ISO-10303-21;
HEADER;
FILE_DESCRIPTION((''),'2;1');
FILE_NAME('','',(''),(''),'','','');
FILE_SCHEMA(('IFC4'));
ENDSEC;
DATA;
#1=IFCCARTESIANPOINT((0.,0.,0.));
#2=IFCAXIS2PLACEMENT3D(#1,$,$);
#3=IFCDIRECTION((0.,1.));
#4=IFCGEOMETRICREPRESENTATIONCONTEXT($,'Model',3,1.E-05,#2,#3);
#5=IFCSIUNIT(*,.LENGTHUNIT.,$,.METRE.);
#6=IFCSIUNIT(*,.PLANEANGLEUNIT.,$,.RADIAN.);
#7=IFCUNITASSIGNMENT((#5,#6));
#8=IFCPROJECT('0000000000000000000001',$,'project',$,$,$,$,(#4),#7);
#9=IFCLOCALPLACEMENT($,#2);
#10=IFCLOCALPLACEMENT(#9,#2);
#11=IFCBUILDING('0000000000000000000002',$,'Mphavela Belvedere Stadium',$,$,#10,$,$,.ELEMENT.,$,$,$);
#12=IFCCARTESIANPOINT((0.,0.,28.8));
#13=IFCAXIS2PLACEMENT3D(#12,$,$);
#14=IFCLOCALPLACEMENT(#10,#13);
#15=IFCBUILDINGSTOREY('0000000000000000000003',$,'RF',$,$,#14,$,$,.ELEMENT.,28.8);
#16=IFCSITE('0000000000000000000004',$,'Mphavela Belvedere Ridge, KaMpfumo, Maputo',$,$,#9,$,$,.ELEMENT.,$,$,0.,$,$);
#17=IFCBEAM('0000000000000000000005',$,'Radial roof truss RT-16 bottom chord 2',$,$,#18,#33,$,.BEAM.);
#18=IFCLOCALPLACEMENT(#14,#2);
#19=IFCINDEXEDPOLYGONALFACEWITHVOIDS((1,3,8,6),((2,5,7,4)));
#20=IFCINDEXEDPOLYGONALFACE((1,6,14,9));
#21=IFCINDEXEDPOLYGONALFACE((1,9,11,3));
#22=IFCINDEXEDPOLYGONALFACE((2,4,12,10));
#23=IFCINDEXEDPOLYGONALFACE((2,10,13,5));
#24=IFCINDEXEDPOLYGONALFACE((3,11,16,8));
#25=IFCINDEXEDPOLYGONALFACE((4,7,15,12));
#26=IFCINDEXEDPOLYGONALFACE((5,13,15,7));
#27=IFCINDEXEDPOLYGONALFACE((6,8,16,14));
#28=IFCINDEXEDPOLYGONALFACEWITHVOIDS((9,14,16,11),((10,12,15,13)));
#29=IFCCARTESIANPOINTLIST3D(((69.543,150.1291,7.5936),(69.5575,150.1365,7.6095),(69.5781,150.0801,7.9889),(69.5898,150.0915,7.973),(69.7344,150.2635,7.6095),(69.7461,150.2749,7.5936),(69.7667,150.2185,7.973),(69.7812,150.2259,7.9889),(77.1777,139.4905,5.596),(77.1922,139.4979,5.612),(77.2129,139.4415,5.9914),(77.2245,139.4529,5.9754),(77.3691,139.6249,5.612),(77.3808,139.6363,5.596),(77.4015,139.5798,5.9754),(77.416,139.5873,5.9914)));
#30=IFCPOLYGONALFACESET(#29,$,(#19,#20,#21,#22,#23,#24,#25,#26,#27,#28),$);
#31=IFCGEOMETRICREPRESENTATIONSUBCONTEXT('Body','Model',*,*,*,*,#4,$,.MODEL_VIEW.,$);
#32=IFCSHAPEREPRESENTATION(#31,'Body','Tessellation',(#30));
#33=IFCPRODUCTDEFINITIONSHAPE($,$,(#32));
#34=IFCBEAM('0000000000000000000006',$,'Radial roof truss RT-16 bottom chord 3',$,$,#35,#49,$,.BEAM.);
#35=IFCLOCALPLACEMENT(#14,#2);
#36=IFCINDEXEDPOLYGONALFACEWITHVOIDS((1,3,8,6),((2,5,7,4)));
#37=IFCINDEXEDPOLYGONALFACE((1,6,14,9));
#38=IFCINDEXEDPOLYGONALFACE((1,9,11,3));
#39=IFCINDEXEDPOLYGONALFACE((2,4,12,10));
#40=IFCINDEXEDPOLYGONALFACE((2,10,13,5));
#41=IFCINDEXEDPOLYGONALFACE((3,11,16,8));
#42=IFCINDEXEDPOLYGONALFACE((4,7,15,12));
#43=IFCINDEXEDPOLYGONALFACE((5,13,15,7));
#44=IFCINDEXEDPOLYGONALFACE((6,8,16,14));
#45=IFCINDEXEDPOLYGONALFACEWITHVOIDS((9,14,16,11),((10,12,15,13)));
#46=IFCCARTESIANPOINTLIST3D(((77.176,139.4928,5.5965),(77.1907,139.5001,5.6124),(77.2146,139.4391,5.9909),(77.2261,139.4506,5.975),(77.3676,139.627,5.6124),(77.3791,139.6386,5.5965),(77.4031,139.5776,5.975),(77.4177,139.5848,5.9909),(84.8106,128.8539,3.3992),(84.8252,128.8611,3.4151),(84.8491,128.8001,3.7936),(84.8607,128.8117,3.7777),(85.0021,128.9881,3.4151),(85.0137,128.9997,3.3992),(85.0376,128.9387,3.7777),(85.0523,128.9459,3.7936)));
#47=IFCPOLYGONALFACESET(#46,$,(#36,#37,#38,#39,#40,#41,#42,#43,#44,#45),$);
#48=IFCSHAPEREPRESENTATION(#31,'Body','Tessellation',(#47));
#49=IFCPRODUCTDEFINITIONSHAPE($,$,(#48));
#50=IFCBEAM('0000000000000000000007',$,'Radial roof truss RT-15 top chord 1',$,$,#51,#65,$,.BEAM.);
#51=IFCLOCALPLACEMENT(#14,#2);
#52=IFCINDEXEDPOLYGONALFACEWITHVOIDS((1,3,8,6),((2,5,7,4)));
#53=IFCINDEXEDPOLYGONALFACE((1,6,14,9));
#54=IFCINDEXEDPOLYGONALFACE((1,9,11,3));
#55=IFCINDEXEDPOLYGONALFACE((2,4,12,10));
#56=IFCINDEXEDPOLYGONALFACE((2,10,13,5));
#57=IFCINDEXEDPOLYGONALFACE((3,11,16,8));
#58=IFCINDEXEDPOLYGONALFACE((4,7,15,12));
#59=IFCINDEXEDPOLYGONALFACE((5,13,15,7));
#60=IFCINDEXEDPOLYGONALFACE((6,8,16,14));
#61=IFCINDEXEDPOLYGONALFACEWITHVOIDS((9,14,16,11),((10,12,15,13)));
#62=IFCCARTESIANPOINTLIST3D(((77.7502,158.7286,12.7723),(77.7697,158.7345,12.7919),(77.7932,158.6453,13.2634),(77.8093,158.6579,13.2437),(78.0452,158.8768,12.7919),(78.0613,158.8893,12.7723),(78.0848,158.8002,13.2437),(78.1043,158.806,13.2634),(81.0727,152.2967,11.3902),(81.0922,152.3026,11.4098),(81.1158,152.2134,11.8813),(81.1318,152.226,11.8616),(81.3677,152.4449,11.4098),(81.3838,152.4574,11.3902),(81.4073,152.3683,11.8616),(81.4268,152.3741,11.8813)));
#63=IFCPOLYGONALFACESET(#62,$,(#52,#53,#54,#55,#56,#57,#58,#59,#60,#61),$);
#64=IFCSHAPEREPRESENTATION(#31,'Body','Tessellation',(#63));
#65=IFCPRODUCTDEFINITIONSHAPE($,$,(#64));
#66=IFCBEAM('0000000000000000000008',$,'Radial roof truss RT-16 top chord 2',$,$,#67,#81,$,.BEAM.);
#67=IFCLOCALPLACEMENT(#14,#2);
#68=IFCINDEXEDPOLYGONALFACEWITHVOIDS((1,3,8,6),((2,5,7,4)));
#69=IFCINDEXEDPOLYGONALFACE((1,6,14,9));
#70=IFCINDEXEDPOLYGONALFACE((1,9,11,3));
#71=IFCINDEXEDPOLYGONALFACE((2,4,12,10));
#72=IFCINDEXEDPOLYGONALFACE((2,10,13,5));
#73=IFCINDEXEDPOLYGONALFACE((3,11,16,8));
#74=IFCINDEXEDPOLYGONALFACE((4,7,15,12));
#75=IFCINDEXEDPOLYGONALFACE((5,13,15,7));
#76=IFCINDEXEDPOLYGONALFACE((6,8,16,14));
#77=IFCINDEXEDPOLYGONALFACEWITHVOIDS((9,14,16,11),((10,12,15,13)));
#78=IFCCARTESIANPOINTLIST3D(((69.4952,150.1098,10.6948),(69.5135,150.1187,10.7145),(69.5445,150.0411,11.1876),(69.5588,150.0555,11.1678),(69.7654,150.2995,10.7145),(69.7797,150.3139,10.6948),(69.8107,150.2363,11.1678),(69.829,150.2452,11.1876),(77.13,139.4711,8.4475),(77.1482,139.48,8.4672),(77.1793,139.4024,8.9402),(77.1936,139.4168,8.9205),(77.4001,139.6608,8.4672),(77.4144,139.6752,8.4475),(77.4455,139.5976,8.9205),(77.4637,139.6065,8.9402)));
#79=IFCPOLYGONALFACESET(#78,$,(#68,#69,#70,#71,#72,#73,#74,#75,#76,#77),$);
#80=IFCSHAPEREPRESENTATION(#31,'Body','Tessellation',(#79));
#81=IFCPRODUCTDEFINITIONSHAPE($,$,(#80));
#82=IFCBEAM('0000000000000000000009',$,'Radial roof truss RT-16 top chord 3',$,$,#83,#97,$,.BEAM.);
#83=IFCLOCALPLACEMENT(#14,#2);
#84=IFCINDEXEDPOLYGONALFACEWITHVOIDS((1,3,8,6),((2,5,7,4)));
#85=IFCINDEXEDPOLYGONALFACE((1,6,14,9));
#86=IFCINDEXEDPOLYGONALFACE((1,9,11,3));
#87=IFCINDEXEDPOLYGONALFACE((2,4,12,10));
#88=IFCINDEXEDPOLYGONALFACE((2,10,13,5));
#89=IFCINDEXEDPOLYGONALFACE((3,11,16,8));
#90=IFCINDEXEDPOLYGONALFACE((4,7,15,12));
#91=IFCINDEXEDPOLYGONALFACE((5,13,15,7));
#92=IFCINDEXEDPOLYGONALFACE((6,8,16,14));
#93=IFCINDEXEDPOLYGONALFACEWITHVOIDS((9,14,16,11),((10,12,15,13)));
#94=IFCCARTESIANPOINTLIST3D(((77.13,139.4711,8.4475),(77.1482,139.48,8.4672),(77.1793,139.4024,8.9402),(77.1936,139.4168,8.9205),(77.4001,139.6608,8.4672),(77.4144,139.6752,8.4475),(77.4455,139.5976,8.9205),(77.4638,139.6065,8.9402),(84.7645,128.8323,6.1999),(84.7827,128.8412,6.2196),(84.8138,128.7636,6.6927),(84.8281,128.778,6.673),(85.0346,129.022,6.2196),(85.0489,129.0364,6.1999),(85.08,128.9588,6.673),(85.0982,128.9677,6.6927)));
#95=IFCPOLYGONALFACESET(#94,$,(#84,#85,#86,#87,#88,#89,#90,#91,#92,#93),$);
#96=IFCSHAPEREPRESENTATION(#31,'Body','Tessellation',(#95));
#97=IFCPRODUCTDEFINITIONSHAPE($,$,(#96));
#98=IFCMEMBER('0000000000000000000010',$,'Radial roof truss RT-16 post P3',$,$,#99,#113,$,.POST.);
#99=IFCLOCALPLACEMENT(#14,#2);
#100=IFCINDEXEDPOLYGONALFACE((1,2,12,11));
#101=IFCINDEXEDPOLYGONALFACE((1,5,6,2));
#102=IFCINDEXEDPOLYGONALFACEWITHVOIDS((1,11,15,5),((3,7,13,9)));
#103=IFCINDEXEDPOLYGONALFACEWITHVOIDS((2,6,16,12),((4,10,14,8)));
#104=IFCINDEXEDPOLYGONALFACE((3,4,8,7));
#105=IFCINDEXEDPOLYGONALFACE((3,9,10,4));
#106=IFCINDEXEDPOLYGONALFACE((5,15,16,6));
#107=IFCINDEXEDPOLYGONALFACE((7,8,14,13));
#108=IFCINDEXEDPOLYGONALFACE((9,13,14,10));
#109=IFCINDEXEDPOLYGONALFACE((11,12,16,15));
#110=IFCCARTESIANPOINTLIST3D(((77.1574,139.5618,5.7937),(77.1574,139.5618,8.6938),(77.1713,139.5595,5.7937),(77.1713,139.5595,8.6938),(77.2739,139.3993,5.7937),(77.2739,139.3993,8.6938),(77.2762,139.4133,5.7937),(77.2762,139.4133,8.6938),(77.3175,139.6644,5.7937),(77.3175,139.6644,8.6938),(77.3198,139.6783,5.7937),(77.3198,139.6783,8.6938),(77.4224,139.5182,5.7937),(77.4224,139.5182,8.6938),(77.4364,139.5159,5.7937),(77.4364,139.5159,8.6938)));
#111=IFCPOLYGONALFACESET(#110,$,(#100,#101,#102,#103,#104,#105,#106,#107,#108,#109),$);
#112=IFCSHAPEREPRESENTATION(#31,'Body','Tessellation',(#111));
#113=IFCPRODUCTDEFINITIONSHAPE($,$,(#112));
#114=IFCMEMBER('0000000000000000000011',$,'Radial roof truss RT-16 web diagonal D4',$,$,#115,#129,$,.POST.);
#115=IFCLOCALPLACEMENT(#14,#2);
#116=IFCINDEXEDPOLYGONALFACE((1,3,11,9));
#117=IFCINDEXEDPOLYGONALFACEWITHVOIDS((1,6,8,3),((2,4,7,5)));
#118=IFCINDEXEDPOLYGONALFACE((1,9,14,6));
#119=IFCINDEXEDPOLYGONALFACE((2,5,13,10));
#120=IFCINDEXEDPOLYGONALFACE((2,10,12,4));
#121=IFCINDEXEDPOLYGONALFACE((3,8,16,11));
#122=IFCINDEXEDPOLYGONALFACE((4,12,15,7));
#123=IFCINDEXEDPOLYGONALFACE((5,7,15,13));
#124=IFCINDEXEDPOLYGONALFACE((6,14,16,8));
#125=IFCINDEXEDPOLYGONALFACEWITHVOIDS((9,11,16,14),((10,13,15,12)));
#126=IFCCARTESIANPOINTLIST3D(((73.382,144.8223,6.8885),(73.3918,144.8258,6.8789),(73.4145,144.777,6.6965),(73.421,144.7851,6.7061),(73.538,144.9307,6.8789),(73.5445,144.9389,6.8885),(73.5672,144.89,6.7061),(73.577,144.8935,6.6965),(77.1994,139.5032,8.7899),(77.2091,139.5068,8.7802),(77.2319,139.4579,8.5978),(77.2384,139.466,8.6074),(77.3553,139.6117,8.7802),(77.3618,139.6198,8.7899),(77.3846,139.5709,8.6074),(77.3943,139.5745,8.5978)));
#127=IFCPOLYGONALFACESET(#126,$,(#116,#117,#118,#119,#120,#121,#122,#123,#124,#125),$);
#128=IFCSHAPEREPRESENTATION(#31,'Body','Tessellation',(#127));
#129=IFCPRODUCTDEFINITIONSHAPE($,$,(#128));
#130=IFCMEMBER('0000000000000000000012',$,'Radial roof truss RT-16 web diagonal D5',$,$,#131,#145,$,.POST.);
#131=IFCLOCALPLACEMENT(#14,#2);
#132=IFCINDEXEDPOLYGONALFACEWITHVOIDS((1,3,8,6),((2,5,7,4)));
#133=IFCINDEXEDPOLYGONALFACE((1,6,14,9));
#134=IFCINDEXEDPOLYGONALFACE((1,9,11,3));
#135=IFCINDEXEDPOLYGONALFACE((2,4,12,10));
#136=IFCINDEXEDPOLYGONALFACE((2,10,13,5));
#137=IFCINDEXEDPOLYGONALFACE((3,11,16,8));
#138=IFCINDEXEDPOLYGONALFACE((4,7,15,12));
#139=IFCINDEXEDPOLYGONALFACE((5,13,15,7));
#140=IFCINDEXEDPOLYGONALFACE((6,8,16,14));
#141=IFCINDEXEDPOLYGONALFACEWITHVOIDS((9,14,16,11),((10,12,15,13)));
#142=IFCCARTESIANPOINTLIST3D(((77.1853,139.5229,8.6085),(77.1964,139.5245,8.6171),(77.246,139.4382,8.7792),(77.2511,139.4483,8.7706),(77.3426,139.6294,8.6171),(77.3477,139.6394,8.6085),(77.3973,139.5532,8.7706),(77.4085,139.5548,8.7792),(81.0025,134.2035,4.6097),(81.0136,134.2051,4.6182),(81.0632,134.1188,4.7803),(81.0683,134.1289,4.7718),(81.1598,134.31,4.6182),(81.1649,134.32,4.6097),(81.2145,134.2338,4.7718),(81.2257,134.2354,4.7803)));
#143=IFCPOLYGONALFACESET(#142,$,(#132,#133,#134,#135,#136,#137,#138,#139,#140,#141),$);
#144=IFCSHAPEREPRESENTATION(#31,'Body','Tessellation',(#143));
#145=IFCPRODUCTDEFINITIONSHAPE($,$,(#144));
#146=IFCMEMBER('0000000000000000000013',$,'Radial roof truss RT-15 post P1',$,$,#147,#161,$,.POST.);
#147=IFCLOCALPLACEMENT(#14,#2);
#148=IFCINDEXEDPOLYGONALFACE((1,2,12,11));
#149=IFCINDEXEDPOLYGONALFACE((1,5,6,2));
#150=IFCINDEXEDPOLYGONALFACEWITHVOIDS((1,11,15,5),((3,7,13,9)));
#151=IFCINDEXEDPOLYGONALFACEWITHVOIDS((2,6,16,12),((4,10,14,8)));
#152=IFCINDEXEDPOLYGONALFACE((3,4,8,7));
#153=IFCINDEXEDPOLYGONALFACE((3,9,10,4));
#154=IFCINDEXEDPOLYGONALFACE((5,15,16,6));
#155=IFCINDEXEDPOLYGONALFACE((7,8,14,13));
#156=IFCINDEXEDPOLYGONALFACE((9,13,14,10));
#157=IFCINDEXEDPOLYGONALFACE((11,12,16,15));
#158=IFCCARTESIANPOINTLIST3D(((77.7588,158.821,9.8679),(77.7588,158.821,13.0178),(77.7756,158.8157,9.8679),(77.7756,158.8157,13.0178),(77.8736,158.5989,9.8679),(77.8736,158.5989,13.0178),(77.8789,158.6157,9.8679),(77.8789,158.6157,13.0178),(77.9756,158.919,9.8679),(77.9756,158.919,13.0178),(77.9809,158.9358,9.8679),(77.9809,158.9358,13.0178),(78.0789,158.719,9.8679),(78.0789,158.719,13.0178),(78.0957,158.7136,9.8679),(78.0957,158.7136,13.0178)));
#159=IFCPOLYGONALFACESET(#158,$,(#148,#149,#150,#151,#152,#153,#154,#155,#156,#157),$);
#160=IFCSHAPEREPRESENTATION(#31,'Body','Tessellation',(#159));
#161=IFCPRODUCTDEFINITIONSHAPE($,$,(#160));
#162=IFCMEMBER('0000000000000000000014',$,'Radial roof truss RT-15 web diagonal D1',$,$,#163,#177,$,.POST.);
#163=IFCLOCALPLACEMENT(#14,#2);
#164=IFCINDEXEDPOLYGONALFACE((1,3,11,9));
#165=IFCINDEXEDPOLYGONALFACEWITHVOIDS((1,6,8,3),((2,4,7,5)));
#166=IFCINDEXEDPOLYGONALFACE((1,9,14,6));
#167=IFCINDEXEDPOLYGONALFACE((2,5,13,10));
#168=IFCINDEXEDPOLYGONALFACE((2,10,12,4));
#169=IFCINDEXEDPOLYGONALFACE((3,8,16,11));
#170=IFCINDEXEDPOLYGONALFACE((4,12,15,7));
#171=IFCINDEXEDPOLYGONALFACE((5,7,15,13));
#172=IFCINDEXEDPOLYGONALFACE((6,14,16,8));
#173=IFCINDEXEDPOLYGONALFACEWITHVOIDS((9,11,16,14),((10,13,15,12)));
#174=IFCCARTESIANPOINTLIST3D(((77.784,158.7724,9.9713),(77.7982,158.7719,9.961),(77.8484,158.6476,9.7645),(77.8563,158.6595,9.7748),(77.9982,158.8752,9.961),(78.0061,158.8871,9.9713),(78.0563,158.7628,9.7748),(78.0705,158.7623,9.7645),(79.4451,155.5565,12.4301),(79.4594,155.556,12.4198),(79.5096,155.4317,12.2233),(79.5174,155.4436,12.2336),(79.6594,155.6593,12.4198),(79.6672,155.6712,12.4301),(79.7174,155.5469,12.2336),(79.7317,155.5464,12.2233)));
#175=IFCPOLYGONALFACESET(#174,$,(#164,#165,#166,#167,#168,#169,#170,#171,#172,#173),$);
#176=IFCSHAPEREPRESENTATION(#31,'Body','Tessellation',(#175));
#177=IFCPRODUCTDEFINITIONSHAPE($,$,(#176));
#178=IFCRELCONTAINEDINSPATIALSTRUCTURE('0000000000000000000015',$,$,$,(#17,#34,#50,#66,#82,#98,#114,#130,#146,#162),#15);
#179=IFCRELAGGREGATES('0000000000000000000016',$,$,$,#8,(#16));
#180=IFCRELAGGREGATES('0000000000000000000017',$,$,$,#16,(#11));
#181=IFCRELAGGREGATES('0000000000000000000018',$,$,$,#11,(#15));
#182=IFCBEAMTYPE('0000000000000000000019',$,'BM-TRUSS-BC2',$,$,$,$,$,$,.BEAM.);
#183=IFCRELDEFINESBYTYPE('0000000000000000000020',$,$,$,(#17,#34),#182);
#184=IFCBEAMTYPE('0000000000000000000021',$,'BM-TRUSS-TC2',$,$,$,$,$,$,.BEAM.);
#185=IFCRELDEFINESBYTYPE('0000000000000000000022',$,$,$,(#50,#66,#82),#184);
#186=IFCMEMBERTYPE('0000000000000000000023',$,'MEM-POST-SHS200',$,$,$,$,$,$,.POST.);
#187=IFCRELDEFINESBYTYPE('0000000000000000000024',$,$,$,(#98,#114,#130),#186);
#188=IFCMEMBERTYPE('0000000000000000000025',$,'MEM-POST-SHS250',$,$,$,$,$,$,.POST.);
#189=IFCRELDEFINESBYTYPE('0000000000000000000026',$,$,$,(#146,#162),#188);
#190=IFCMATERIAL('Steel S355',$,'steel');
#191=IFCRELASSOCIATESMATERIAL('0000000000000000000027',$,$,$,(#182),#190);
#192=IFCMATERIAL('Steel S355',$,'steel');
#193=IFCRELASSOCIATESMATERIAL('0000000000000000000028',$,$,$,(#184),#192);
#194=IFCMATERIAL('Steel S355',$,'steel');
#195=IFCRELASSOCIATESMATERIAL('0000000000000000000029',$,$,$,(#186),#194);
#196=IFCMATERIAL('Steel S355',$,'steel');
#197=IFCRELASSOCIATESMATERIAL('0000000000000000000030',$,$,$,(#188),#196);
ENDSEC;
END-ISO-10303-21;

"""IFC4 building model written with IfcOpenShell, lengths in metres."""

from ifc_helpers import new_model, si_unit, direction, frame, origin, origin_2d, place, context, subcontext, project, spatial, hollow_rectangle, extrude, material, material_profile, profile_set, type_object, element, save


model = new_model("IFC4")

# Units and contexts
model_context = context("Model", 3, precision=1e-05, world=origin(), true_north=direction((0.0, 1.0)))
body_context = subcontext(model_context, "Body", "Model", "MODEL_VIEW")
ifc_project = project(units=[si_unit("LENGTHUNIT", "METRE"), si_unit("PLANEANGLEUNIT", "RADIAN")], contexts=[model_context])

# Site, building, storey
site_placement = place(None, origin())
site = spatial("IfcSite", under=ifc_project, at=site_placement, Name="Mphavela Belvedere Ridge, KaMpfumo, Maputo", CompositionType="ELEMENT", RefElevation=0.0)
building_placement = place(site_placement, origin())
building = spatial("IfcBuilding", under=site, at=building_placement, Name="Mphavela Belvedere Stadium", CompositionType="ELEMENT")
storey_placement = place(building_placement, frame((0.0, 0.0, 28.8)))
storey = spatial("IfcBuildingStorey", under=building, at=storey_placement, Name="RF", CompositionType="ELEMENT", Elevation=28.8)

# Beams
ifc_material_1 = material(Name="Steel S355", Category="steel")
ifc_material_profile_1 = material_profile(ifc_material_1, hollow_rectangle(XDim=0.25, YDim=0.3999, WallThickness=0.0161, at=origin_2d()), Name="RHS 400x250x16")
ifc_profile_set_1 = profile_set([ifc_material_profile_1], Name="Steel S355")
beam_type_1 = type_object("IfcBeamType", Name="BM-TRUSS-BC2", PredefinedType="BEAM", material=ifc_profile_set_1)
beam_1_placement = place(storey_placement, frame((69.6621, 150.1775, 7.7913), z_axis=(0.576375, -0.80315, -0.150803), x_axis=(0.812441, 0.583043, 0.0)))
element("IfcBeam", 1, at=beam_1_placement, inside=storey, type_object=beam_type_1, Name="Radial roof truss RT-16 bottom chord 2", PredefinedType="BEAM", context=body_context, shape_type="SweptSolid", body=[
    extrude(hollow_rectangle(XDim=0.25, YDim=0.3999, WallThickness=0.0161, at=origin_2d()), origin(), (0.0, 0.0, 1.0), 13.2461),
])
beam_2_placement = place(storey_placement, frame((77.2969, 139.5388, 5.7937), z_axis=(0.574983, -0.801255, -0.165484), x_axis=(0.812457, 0.583022, 0.0)))
element("IfcBeam", 2, at=beam_2_placement, inside=storey, type_object=beam_type_1, Name="Radial roof truss RT-16 bottom chord 3", PredefinedType="BEAM", context=body_context, shape_type="SweptSolid", body=[
    extrude(hollow_rectangle(XDim=0.25, YDim=0.3999, WallThickness=0.0161, at=origin_2d()), origin(), (0.0, 0.0, 1.0), 13.2778),
])
ifc_material_2 = material(Name="Steel S355", Category="steel")
ifc_material_profile_2 = material_profile(ifc_material_2, hollow_rectangle(XDim=0.3501, YDim=0.5, WallThickness=0.02, at=origin_2d()), Name="RHS 500x350x20")
ifc_profile_set_2 = profile_set([ifc_material_profile_2], Name="Steel S355")
beam_type_2 = type_object("IfcBeamType", Name="BM-TRUSS-TC2", PredefinedType="BEAM", material=ifc_profile_set_2)
beam_3_placement = place(storey_placement, frame((77.9272, 158.7673, 13.0178), z_axis=(0.450809, -0.8727, -0.187525), x_axis=(0.888461, 0.458951, 0.0)))
element("IfcBeam", 3, at=beam_3_placement, inside=storey, type_object=beam_type_2, Name="Radial roof truss RT-15 top chord 1", PredefinedType="BEAM", context=body_context, shape_type="SweptSolid", body=[
    extrude(hollow_rectangle(XDim=0.3501, YDim=0.5, WallThickness=0.02, at=origin_2d()), origin(), (0.0, 0.0, 1.0), 7.3701),
])
for number, where, z_axis, x_axis, name in (
    (4, (69.6621, 150.1775, 10.9412), (0.574642, -0.800735, -0.169147), (0.812441, 0.583043, 0.0), "Radial roof truss RT-16 top chord 2"),
    (5, (77.2969, 139.5388, 8.6938), (0.574619, -0.800747, -0.169164), (0.812457, 0.583022, 0.0), "Radial roof truss RT-16 top chord 3"),
):
    element("IfcBeam", number, at=place(storey_placement, frame(where, z_axis=z_axis, x_axis=x_axis)), inside=storey, type_object=beam_type_2, Name=name, PredefinedType="BEAM", context=body_context, shape_type="SweptSolid", body=[
        extrude(hollow_rectangle(XDim=0.3501, YDim=0.5, WallThickness=0.02, at=origin_2d()), origin(), (0.0, 0.0, 1.0), 13.2861),
    ])

# Members
ifc_material_3 = material(Name="Steel S355", Category="steel")
ifc_material_profile_3 = material_profile(ifc_material_3, hollow_rectangle(XDim=0.2, YDim=0.2, WallThickness=0.01, at=origin_2d()), Name="SHS 200x200x10")
ifc_profile_set_3 = profile_set([ifc_material_profile_3], Name="Steel S355")
member_type_1 = type_object("IfcMemberType", Name="MEM-POST-SHS200", PredefinedType="POST", material=ifc_profile_set_3)
member_1_placement = place(storey_placement, frame((77.2969, 139.5388, 5.7937), z_axis=(0.0, 0.0, 1.0), x_axis=(-0.582974, 0.812491, 0.0)))
element("IfcMember", 6, at=member_1_placement, inside=storey, type_object=member_type_1, Name="Radial roof truss RT-16 post P3", PredefinedType="POST", context=body_context, shape_type="SweptSolid", body=[
    extrude(hollow_rectangle(XDim=0.2, YDim=0.2, WallThickness=0.01, at=origin_2d()), origin(), (0.0, 0.0, 1.0), 2.9001),
])
member_2_placement = place(storey_placement, frame((73.4795, 144.8579, 6.7925), z_axis=(0.559927, -0.780194, 0.278889), x_axis=(0.812429, 0.58306, 0.0)))
element("IfcMember", 7, at=member_2_placement, inside=storey, type_object=member_type_1, Name="Radial roof truss RT-16 web diagonal D4", PredefinedType="POST", context=body_context, shape_type="SweptSolid", body=[
    extrude(hollow_rectangle(XDim=0.2, YDim=0.2, WallThickness=0.01, at=origin_2d()), origin(), (0.0, 0.0, 1.0), 6.8176),
])
member_3_placement = place(storey_placement, frame((77.2969, 139.5388, 8.6938), z_axis=(0.497556, -0.693365, -0.521233), x_axis=(0.812459, 0.583018, 0.0)))
element("IfcMember", 8, at=member_3_placement, inside=storey, type_object=member_type_1, Name="Radial roof truss RT-16 web diagonal D5", PredefinedType="POST", context=body_context, shape_type="SweptSolid", body=[
    extrude(hollow_rectangle(XDim=0.2, YDim=0.2, WallThickness=0.01, at=origin_2d()), origin(), (0.0, 0.0, 1.0), 7.6719),
])
ifc_material_4 = material(Name="Steel S355", Category="steel")
ifc_material_profile_4 = material_profile(ifc_material_4, hollow_rectangle(XDim=0.25, YDim=0.25, WallThickness=0.0125, at=origin_2d()), Name="SHS 250x250x12.5")
ifc_profile_set_4 = profile_set([ifc_material_profile_4], Name="Steel S355")
member_type_2 = type_object("IfcMemberType", Name="MEM-POST-SHS250", PredefinedType="POST", material=ifc_profile_set_4)
member_4_placement = place(storey_placement, frame((77.9272, 158.7673, 9.8679), z_axis=(0.0, 0.0, 1.0), x_axis=(-0.45896, 0.888457, 0.0)))
element("IfcMember", 9, at=member_4_placement, inside=storey, type_object=member_type_2, Name="Radial roof truss RT-15 post P1", PredefinedType="POST", context=body_context, shape_type="SweptSolid", body=[
    extrude(hollow_rectangle(XDim=0.25, YDim=0.25, WallThickness=0.0125, at=origin_2d()), origin(), (0.0, 0.0, 1.0), 3.1499),
])
member_5_placement = place(storey_placement, frame((77.9272, 158.7673, 9.8679), z_axis=(0.379632, -0.734936, 0.561915), x_axis=(0.888468, 0.458938, 0.0)))
element("IfcMember", 10, at=member_5_placement, inside=storey, type_object=member_type_2, Name="Radial roof truss RT-15 web diagonal D1", PredefinedType="POST", context=body_context, shape_type="SweptSolid", body=[
    extrude(hollow_rectangle(XDim=0.25, YDim=0.25, WallThickness=0.0125, at=origin_2d()), origin(), (0.0, 0.0, 1.0), 4.3757),
])

save(model, "model.ifc")
